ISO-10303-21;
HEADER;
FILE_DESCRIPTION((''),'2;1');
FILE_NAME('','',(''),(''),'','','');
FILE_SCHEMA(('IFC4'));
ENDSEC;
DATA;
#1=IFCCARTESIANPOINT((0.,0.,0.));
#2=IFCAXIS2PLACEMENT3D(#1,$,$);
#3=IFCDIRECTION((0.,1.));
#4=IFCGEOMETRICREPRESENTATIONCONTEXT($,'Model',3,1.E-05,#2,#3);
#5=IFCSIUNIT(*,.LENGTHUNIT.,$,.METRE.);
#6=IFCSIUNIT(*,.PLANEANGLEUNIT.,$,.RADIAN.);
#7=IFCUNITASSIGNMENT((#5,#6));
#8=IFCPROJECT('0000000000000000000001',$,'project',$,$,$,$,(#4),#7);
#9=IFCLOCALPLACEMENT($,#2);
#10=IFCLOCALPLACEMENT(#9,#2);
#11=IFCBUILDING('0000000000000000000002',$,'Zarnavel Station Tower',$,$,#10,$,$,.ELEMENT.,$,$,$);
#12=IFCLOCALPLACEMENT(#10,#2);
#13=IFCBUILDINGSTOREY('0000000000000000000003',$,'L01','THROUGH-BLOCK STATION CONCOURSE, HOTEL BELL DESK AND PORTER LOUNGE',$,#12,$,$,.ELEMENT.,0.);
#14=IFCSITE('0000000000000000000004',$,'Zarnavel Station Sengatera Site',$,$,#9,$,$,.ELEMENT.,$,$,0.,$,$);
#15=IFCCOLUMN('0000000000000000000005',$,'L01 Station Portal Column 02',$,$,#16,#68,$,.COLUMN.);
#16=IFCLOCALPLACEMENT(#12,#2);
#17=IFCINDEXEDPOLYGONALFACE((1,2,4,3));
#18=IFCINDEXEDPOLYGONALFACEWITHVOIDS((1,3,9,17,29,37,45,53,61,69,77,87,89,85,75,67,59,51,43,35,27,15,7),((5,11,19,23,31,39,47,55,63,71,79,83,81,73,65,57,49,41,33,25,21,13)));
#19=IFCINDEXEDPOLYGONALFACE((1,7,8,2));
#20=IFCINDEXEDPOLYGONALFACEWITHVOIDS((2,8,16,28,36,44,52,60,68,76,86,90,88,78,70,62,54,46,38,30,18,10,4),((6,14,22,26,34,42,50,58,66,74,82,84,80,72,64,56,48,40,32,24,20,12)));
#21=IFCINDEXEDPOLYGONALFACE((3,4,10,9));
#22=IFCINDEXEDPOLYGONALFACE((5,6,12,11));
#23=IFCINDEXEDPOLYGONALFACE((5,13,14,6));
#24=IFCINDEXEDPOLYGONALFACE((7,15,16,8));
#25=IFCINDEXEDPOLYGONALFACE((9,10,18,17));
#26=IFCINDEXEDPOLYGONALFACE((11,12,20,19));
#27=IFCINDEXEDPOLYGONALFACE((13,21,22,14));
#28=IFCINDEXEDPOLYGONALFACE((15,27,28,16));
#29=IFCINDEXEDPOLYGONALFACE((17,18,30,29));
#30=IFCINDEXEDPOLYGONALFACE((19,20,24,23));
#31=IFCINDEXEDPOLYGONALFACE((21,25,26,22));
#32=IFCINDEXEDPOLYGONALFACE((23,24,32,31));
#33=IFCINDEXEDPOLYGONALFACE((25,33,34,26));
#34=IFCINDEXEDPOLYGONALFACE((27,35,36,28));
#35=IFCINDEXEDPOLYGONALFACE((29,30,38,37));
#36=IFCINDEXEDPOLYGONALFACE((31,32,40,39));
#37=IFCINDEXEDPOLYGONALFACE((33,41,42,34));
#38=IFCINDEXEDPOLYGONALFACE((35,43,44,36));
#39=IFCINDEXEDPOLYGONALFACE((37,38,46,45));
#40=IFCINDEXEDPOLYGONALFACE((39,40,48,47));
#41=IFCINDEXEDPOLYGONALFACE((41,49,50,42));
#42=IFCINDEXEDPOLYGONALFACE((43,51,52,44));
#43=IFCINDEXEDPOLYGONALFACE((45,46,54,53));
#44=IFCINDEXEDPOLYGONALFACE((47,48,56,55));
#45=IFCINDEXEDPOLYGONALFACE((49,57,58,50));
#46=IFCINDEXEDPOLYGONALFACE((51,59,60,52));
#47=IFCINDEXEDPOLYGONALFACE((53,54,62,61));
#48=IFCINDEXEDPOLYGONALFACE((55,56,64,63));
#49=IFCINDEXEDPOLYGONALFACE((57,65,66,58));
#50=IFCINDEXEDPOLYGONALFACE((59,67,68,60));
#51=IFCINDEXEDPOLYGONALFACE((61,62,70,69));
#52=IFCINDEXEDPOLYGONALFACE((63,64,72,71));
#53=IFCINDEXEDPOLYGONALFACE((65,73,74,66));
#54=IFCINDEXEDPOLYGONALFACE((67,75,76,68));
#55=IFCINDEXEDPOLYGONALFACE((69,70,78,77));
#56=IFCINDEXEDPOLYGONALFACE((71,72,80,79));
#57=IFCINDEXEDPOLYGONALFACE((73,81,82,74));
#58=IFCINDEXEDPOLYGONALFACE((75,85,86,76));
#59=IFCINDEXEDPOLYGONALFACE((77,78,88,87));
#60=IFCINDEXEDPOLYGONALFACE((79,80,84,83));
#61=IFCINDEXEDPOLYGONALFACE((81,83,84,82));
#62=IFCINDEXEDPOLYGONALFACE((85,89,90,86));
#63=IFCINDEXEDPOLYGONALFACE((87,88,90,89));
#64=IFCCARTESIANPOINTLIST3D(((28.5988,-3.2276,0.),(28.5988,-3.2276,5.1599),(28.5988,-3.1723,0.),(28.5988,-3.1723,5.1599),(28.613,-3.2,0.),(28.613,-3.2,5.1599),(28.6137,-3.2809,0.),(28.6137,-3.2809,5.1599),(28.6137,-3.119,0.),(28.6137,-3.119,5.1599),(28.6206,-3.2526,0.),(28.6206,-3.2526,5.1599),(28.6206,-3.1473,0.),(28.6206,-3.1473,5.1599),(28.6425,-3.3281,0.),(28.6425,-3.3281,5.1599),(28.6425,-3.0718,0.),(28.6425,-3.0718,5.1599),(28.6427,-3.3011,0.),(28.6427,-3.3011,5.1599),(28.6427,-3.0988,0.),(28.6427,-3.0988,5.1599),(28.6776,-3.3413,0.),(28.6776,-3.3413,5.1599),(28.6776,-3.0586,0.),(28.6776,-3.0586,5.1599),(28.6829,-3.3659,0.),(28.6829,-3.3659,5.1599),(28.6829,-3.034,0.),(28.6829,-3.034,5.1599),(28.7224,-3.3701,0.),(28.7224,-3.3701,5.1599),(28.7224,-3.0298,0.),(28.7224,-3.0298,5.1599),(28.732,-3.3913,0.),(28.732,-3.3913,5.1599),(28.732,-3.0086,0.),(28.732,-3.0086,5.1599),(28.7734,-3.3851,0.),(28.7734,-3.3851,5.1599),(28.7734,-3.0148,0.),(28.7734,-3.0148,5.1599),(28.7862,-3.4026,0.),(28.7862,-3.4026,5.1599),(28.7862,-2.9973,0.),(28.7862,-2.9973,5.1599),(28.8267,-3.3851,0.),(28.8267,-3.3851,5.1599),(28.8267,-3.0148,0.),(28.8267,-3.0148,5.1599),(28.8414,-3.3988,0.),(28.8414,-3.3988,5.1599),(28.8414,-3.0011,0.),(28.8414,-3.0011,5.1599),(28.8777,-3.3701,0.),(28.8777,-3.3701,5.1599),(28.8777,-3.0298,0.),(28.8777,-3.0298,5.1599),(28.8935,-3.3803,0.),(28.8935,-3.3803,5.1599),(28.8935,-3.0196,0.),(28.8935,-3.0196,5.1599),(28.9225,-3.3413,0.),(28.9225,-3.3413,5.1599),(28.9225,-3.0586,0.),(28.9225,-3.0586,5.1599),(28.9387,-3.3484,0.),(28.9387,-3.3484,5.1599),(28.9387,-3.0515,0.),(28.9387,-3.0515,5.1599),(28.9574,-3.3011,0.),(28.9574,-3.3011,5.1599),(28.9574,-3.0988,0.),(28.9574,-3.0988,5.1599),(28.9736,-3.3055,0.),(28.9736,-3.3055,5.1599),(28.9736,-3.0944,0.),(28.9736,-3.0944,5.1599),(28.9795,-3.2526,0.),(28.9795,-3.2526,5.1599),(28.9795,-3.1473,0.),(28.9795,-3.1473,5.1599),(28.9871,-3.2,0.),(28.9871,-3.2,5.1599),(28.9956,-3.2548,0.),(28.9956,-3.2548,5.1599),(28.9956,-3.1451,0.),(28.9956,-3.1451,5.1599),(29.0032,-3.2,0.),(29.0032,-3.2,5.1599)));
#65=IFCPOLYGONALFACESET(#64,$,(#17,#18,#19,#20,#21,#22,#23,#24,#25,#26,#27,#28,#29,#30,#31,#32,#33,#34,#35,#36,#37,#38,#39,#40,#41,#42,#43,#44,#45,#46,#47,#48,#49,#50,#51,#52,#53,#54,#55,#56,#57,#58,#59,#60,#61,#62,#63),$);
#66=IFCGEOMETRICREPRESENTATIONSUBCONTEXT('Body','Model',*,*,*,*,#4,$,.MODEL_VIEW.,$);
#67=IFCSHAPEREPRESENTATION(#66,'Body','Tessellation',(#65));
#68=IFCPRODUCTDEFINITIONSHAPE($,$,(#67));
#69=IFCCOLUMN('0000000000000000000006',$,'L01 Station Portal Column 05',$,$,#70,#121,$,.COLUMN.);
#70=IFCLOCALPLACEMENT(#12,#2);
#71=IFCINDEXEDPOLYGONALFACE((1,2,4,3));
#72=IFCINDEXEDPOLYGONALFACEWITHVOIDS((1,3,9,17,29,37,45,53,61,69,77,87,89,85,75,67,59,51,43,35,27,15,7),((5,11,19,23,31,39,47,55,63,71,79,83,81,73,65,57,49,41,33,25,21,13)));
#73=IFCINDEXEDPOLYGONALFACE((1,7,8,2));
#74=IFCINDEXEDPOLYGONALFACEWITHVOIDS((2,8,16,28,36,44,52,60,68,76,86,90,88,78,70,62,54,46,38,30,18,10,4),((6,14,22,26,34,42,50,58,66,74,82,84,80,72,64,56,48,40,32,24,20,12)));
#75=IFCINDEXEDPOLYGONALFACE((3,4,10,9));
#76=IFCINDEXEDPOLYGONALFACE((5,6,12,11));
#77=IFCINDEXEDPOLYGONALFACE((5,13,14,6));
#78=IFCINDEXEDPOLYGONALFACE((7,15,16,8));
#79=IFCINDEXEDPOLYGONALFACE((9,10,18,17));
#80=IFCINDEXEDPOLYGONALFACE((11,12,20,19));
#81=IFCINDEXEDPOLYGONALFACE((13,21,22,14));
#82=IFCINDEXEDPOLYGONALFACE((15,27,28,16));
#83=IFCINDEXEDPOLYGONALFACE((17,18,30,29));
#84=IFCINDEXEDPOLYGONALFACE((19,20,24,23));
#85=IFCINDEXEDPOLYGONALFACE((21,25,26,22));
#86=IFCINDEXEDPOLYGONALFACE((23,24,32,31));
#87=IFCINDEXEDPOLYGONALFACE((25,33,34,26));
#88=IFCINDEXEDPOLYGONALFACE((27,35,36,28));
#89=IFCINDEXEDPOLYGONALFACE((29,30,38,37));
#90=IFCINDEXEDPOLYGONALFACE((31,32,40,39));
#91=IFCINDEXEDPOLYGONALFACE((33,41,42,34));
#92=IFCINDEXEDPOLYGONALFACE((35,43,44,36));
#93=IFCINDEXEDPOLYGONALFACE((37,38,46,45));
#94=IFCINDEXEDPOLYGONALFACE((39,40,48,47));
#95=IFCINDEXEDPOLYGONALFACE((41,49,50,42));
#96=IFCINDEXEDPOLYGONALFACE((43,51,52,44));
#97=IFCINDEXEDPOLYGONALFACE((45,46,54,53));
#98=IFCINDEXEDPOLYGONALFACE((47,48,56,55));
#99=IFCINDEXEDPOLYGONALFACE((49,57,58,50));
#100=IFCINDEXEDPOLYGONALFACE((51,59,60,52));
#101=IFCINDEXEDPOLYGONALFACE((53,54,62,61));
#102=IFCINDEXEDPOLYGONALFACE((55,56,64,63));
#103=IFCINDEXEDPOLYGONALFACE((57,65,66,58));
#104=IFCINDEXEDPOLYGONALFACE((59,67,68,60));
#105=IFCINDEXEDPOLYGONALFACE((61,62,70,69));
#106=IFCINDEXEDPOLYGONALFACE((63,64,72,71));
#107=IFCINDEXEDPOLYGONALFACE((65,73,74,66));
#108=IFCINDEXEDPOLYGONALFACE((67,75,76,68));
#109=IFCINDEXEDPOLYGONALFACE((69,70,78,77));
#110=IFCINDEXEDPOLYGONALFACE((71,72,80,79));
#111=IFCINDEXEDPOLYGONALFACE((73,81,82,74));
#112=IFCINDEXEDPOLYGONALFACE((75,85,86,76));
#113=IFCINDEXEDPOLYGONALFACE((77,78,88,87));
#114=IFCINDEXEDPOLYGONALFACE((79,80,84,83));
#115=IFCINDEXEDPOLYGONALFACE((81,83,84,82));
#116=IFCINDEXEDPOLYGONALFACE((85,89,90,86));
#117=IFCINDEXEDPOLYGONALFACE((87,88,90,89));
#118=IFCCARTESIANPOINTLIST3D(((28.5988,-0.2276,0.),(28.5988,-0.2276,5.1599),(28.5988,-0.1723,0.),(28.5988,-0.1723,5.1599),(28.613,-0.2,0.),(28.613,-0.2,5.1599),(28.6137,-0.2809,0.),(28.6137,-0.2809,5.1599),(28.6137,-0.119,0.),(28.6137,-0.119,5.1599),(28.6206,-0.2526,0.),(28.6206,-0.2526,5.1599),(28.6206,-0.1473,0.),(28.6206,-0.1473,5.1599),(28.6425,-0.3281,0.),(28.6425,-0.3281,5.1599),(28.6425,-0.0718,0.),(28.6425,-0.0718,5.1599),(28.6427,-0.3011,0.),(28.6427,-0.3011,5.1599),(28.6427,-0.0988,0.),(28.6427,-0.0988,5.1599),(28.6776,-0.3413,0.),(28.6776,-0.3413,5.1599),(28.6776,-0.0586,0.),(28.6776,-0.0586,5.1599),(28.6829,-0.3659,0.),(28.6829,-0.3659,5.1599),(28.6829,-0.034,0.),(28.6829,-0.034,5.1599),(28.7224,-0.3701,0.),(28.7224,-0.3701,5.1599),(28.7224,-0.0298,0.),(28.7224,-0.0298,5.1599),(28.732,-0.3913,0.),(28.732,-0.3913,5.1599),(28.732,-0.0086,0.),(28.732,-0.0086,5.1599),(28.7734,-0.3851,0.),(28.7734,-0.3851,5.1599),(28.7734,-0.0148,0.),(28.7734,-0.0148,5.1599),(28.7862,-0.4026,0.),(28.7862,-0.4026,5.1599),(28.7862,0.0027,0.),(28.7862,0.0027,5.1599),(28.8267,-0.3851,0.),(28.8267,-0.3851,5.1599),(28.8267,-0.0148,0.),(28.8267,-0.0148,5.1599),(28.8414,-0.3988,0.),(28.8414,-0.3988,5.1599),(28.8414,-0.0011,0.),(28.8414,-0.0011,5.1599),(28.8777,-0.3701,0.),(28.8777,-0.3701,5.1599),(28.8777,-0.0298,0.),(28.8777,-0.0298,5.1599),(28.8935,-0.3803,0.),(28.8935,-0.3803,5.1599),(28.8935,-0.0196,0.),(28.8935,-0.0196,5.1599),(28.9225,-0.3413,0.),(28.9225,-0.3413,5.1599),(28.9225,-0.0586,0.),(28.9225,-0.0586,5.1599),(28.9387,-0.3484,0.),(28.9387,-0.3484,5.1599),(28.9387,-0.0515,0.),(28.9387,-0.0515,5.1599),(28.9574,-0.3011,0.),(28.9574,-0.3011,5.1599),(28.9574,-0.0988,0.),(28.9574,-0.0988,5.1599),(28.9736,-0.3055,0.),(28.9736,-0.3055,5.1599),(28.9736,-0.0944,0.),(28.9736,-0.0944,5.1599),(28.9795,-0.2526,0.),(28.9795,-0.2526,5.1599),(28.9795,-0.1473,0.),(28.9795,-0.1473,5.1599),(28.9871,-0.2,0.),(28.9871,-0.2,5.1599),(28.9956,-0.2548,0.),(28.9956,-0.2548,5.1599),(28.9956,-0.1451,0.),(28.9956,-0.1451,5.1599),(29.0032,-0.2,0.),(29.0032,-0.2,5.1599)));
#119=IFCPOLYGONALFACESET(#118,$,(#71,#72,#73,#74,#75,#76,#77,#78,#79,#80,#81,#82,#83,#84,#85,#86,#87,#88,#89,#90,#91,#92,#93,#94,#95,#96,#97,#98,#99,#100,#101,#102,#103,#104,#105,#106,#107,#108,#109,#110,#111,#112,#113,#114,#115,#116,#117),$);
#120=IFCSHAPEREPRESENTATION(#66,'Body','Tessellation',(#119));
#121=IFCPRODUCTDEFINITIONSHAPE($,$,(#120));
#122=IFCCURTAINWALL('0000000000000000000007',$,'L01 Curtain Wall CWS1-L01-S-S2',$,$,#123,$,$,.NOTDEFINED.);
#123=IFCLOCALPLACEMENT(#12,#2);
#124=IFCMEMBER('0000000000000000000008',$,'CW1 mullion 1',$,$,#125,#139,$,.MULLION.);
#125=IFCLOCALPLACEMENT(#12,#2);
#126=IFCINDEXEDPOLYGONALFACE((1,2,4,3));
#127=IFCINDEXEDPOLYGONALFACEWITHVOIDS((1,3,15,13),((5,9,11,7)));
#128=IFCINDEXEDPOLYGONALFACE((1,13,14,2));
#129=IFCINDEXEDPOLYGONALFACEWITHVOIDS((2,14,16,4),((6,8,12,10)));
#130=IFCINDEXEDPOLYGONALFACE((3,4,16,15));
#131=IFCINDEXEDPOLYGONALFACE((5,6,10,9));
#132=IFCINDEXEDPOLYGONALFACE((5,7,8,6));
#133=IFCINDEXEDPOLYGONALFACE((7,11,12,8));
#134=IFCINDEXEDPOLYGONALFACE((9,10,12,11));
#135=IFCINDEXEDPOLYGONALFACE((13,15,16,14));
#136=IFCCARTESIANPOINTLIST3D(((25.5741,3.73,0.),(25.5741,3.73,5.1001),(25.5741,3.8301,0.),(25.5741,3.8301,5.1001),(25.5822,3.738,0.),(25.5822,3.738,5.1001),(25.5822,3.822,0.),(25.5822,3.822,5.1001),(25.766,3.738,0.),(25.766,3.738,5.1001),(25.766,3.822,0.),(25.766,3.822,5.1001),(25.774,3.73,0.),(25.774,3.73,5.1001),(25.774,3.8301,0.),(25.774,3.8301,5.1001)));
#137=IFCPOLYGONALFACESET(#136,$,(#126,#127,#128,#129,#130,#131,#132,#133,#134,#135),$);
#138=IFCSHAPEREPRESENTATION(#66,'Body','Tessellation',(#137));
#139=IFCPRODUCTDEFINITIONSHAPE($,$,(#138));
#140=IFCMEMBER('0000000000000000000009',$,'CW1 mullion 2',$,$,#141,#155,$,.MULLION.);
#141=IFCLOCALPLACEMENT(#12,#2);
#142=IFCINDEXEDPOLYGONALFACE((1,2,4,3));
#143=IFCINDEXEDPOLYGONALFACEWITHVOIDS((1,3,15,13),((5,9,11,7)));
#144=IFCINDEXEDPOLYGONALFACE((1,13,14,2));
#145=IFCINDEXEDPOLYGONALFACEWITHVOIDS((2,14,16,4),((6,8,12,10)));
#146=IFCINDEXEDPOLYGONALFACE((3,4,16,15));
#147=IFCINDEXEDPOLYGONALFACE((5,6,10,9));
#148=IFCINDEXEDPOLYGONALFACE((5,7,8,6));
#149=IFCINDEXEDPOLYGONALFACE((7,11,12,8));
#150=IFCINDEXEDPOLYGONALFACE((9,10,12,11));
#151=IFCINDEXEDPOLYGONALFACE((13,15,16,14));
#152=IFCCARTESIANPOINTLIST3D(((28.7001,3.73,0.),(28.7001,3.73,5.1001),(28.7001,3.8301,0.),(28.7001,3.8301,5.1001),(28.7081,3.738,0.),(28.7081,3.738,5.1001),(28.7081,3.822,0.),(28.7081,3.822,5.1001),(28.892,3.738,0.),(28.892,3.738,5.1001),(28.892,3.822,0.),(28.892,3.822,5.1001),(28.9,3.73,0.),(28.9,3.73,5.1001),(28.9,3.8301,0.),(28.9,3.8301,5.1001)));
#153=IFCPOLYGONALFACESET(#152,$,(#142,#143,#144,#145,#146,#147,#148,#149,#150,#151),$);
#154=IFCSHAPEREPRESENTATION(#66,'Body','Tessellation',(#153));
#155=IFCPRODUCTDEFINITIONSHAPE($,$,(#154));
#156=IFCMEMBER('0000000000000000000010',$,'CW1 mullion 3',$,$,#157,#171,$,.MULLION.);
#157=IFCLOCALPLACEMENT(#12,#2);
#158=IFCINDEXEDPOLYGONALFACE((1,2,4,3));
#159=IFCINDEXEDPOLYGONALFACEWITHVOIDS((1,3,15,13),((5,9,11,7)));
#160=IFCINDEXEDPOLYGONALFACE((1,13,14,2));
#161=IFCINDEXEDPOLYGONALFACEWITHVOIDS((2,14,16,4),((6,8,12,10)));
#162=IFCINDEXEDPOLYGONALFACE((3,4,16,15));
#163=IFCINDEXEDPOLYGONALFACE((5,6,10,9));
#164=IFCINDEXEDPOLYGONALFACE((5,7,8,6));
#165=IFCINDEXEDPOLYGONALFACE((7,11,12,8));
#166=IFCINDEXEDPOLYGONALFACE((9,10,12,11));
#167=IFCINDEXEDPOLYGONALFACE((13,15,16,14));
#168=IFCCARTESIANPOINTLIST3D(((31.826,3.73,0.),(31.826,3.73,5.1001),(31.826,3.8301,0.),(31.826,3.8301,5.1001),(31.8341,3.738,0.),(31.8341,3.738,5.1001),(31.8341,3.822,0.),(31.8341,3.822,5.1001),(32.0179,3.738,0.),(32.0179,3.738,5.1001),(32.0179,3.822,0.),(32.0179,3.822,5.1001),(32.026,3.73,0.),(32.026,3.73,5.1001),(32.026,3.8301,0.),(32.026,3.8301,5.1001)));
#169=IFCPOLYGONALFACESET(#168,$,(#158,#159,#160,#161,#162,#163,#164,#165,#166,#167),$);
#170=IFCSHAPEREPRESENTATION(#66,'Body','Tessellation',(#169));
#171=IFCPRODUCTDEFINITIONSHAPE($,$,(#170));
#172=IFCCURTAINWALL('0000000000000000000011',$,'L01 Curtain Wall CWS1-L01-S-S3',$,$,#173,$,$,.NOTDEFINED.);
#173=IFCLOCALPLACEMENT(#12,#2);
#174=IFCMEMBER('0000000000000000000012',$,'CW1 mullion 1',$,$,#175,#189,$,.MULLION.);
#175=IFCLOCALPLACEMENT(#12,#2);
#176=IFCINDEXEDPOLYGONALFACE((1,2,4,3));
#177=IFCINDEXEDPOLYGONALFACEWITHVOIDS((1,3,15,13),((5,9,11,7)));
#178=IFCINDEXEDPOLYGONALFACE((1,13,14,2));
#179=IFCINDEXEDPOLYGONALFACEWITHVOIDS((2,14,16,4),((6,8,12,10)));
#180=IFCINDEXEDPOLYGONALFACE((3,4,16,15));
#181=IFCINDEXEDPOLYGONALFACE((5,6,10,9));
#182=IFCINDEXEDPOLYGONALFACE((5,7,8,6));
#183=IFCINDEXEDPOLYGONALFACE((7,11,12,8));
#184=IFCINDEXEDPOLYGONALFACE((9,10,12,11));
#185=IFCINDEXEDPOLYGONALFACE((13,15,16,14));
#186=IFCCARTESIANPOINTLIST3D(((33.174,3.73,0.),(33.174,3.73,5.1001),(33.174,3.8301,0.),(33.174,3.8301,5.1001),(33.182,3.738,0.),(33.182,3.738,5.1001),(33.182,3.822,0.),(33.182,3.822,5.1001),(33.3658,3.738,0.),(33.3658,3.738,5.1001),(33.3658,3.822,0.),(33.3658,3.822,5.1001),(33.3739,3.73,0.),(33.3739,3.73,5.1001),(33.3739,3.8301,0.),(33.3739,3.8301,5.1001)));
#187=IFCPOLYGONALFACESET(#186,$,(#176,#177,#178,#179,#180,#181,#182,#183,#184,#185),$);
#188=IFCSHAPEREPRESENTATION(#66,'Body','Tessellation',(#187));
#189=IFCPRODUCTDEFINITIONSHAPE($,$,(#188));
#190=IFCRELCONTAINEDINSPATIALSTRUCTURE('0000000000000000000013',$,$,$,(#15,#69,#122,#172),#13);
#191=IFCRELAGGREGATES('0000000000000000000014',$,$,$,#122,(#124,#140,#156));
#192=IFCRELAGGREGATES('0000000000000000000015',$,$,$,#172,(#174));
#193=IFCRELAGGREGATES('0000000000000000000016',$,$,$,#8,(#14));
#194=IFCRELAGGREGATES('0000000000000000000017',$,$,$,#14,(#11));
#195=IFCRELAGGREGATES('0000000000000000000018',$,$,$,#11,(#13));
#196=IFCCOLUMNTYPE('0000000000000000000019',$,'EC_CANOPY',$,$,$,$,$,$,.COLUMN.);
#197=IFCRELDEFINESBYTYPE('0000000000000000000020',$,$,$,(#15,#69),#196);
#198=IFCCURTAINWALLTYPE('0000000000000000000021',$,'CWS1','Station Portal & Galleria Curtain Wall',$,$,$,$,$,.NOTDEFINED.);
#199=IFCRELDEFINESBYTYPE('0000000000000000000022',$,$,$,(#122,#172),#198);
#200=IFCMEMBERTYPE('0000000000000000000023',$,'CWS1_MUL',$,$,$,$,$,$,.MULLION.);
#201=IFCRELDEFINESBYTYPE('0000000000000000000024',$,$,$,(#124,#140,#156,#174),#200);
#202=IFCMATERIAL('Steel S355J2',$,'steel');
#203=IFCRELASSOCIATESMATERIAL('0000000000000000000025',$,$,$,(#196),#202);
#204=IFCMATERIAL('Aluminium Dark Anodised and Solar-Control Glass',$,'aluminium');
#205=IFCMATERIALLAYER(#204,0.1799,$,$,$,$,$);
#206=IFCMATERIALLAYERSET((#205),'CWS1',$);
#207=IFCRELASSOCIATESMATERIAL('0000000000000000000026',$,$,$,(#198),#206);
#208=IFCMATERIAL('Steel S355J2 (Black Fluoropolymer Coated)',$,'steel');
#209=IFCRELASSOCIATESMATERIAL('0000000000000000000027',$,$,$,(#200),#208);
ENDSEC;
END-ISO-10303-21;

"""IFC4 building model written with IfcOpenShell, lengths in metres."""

from ifc_helpers import new_model, si_unit, direction, frame, origin, origin_2d, place, context, subcontext, project, spatial, hollow_rectangle, hollow_circle, extrude, material, layer, layer_set, material_profile, profile_set, type_object, element, aggregate, save


model = new_model("IFC4")

# Units and contexts
model_context = context("Model", 3, precision=1e-05, world=origin(), true_north=direction((0.0, 1.0)))
body_context = subcontext(model_context, "Body", "Model", "MODEL_VIEW")
ifc_project = project(units=[si_unit("LENGTHUNIT", "METRE"), si_unit("PLANEANGLEUNIT", "RADIAN")], contexts=[model_context])

# Site, building, storey
site_placement = place(None, origin())
site = spatial("IfcSite", under=ifc_project, at=site_placement, Name="Zarnavel Station Sengatera Site", CompositionType="ELEMENT", RefElevation=0.0)
building_placement = place(site_placement, origin())
building = spatial("IfcBuilding", under=site, at=building_placement, Name="Zarnavel Station Tower", CompositionType="ELEMENT")
storey_placement = place(building_placement, origin())
storey = spatial("IfcBuildingStorey", under=building, at=storey_placement, Name="L01", Description="THROUGH-BLOCK STATION CONCOURSE, HOTEL BELL DESK AND PORTER LOUNGE", CompositionType="ELEMENT", Elevation=0.0)

# Columns
ifc_material_1 = material(Name="Steel S355J2", Category="steel")
ifc_material_profile_1 = material_profile(ifc_material_1, hollow_circle(Radius=0.2031, WallThickness=0.0161, at=origin_2d()), Name="CHS406.4x16")
ifc_profile_set_1 = profile_set([ifc_material_profile_1], Name="Steel S355J2")
column_type = type_object("IfcColumnType", Name="EC_CANOPY", PredefinedType="COLUMN", material=ifc_profile_set_1)
for number, where, z_axis, x_axis, name in (
    (1, (28.8, -3.2, 0.0), (0.0, 0.0, 1.0), (1.0, 0.0, 0.0), "L01 Station Portal Column 02"),
    (2, (28.8, -0.2, 0.0), (0.0, 0.0, 1.0), (1.0, 0.0, 0.0), "L01 Station Portal Column 05"),
):
    element("IfcColumn", number, at=place(storey_placement, frame(where, z_axis=z_axis, x_axis=x_axis)), inside=storey, type_object=column_type, Name=name, PredefinedType="COLUMN", context=body_context, shape_type="SweptSolid", body=[
        extrude(hollow_circle(Radius=0.2031, WallThickness=0.0161, at=origin_2d()), origin(), (0.0, 0.0, 1.0), 5.1599),
    ])

# Curtain wall, members
ifc_material_2 = material(Name="Aluminium Dark Anodised and Solar-Control Glass", Category="aluminium")
ifc_layer_1 = layer(ifc_material_2, 0.1799)
ifc_layer_set_1 = layer_set([ifc_layer_1], Name="CWS1")
curtain_wall_type = type_object("IfcCurtainWallType", Name="CWS1", Description="Station Portal & Galleria Curtain Wall", PredefinedType="NOTDEFINED", material=ifc_layer_set_1)
curtain_wall_1_placement = place(storey_placement, origin())
curtain_wall_1 = element("IfcCurtainWall", 3, at=curtain_wall_1_placement, inside=storey, type_object=curtain_wall_type, Name="L01 Curtain Wall CWS1-L01-S-S2", PredefinedType="NOTDEFINED")
ifc_material_3 = material(Name="Steel S355J2 (Black Fluoropolymer Coated)", Category="steel")
ifc_material_profile_2 = material_profile(ifc_material_3, hollow_rectangle(XDim=0.1001, YDim=0.2, WallThickness=0.0081, at=origin_2d()), Name="RHS200x100x8")
ifc_profile_set_2 = profile_set([ifc_material_profile_2], Name="Steel S355J2 (Black Fluoropolymer Coated)")
member_type_1 = type_object("IfcMemberType", Name="CWS1_MUL", PredefinedType="MULLION", material=ifc_profile_set_2)
member_1_placement = place(storey_placement, frame((25.6741, 3.78, 0.0), z_axis=(0.0, 0.0, 1.0), x_axis=(0.0, 1.0, 0.0)))
member_1 = element("IfcMember", 4, at=member_1_placement, type_object=member_type_1, Name="CW1 mullion 1", PredefinedType="MULLION", context=body_context, shape_type="SweptSolid", body=[
    extrude(hollow_rectangle(XDim=0.1001, YDim=0.2, WallThickness=0.0081, at=origin_2d()), origin(), (0.0, 0.0, 1.0), 5.1001),
])
member_2_placement = place(storey_placement, frame((28.8, 3.78, 0.0), z_axis=(0.0, 0.0, 1.0), x_axis=(0.0, 1.0, 0.0)))
member_2 = element("IfcMember", 5, at=member_2_placement, type_object=member_type_1, Name="CW1 mullion 2", PredefinedType="MULLION", context=body_context, shape_type="SweptSolid", body=[
    extrude(hollow_rectangle(XDim=0.1001, YDim=0.2, WallThickness=0.0081, at=origin_2d()), origin(), (0.0, 0.0, 1.0), 5.1001),
])
member_3_placement = place(storey_placement, frame((31.926, 3.78, 0.0), z_axis=(0.0, 0.0, 1.0), x_axis=(0.0, 1.0, 0.0)))
member_3 = element("IfcMember", 6, at=member_3_placement, type_object=member_type_1, Name="CW1 mullion 3", PredefinedType="MULLION", context=body_context, shape_type="SweptSolid", body=[
    extrude(hollow_rectangle(XDim=0.1001, YDim=0.2, WallThickness=0.0081, at=origin_2d()), origin(), (0.0, 0.0, 1.0), 5.1001),
])

# Curtain wall, member
curtain_wall_2_placement = place(storey_placement, origin())
curtain_wall_2 = element("IfcCurtainWall", 7, at=curtain_wall_2_placement, inside=storey, type_object=curtain_wall_type, Name="L01 Curtain Wall CWS1-L01-S-S3", PredefinedType="NOTDEFINED")
member_4_placement = place(storey_placement, frame((33.2739, 3.78, 0.0), z_axis=(0.0, 0.0, 1.0), x_axis=(0.0, 1.0, 0.0)))
member_4 = element("IfcMember", 8, at=member_4_placement, type_object=member_type_1, Name="CW1 mullion 1", PredefinedType="MULLION", context=body_context, shape_type="SweptSolid", body=[
    extrude(hollow_rectangle(XDim=0.1001, YDim=0.2, WallThickness=0.0081, at=origin_2d()), origin(), (0.0, 0.0, 1.0), 5.1001),
])

aggregate(curtain_wall_1, [member_1, member_2, member_3])
aggregate(curtain_wall_2, [member_4])

save(model, "model.ifc")
